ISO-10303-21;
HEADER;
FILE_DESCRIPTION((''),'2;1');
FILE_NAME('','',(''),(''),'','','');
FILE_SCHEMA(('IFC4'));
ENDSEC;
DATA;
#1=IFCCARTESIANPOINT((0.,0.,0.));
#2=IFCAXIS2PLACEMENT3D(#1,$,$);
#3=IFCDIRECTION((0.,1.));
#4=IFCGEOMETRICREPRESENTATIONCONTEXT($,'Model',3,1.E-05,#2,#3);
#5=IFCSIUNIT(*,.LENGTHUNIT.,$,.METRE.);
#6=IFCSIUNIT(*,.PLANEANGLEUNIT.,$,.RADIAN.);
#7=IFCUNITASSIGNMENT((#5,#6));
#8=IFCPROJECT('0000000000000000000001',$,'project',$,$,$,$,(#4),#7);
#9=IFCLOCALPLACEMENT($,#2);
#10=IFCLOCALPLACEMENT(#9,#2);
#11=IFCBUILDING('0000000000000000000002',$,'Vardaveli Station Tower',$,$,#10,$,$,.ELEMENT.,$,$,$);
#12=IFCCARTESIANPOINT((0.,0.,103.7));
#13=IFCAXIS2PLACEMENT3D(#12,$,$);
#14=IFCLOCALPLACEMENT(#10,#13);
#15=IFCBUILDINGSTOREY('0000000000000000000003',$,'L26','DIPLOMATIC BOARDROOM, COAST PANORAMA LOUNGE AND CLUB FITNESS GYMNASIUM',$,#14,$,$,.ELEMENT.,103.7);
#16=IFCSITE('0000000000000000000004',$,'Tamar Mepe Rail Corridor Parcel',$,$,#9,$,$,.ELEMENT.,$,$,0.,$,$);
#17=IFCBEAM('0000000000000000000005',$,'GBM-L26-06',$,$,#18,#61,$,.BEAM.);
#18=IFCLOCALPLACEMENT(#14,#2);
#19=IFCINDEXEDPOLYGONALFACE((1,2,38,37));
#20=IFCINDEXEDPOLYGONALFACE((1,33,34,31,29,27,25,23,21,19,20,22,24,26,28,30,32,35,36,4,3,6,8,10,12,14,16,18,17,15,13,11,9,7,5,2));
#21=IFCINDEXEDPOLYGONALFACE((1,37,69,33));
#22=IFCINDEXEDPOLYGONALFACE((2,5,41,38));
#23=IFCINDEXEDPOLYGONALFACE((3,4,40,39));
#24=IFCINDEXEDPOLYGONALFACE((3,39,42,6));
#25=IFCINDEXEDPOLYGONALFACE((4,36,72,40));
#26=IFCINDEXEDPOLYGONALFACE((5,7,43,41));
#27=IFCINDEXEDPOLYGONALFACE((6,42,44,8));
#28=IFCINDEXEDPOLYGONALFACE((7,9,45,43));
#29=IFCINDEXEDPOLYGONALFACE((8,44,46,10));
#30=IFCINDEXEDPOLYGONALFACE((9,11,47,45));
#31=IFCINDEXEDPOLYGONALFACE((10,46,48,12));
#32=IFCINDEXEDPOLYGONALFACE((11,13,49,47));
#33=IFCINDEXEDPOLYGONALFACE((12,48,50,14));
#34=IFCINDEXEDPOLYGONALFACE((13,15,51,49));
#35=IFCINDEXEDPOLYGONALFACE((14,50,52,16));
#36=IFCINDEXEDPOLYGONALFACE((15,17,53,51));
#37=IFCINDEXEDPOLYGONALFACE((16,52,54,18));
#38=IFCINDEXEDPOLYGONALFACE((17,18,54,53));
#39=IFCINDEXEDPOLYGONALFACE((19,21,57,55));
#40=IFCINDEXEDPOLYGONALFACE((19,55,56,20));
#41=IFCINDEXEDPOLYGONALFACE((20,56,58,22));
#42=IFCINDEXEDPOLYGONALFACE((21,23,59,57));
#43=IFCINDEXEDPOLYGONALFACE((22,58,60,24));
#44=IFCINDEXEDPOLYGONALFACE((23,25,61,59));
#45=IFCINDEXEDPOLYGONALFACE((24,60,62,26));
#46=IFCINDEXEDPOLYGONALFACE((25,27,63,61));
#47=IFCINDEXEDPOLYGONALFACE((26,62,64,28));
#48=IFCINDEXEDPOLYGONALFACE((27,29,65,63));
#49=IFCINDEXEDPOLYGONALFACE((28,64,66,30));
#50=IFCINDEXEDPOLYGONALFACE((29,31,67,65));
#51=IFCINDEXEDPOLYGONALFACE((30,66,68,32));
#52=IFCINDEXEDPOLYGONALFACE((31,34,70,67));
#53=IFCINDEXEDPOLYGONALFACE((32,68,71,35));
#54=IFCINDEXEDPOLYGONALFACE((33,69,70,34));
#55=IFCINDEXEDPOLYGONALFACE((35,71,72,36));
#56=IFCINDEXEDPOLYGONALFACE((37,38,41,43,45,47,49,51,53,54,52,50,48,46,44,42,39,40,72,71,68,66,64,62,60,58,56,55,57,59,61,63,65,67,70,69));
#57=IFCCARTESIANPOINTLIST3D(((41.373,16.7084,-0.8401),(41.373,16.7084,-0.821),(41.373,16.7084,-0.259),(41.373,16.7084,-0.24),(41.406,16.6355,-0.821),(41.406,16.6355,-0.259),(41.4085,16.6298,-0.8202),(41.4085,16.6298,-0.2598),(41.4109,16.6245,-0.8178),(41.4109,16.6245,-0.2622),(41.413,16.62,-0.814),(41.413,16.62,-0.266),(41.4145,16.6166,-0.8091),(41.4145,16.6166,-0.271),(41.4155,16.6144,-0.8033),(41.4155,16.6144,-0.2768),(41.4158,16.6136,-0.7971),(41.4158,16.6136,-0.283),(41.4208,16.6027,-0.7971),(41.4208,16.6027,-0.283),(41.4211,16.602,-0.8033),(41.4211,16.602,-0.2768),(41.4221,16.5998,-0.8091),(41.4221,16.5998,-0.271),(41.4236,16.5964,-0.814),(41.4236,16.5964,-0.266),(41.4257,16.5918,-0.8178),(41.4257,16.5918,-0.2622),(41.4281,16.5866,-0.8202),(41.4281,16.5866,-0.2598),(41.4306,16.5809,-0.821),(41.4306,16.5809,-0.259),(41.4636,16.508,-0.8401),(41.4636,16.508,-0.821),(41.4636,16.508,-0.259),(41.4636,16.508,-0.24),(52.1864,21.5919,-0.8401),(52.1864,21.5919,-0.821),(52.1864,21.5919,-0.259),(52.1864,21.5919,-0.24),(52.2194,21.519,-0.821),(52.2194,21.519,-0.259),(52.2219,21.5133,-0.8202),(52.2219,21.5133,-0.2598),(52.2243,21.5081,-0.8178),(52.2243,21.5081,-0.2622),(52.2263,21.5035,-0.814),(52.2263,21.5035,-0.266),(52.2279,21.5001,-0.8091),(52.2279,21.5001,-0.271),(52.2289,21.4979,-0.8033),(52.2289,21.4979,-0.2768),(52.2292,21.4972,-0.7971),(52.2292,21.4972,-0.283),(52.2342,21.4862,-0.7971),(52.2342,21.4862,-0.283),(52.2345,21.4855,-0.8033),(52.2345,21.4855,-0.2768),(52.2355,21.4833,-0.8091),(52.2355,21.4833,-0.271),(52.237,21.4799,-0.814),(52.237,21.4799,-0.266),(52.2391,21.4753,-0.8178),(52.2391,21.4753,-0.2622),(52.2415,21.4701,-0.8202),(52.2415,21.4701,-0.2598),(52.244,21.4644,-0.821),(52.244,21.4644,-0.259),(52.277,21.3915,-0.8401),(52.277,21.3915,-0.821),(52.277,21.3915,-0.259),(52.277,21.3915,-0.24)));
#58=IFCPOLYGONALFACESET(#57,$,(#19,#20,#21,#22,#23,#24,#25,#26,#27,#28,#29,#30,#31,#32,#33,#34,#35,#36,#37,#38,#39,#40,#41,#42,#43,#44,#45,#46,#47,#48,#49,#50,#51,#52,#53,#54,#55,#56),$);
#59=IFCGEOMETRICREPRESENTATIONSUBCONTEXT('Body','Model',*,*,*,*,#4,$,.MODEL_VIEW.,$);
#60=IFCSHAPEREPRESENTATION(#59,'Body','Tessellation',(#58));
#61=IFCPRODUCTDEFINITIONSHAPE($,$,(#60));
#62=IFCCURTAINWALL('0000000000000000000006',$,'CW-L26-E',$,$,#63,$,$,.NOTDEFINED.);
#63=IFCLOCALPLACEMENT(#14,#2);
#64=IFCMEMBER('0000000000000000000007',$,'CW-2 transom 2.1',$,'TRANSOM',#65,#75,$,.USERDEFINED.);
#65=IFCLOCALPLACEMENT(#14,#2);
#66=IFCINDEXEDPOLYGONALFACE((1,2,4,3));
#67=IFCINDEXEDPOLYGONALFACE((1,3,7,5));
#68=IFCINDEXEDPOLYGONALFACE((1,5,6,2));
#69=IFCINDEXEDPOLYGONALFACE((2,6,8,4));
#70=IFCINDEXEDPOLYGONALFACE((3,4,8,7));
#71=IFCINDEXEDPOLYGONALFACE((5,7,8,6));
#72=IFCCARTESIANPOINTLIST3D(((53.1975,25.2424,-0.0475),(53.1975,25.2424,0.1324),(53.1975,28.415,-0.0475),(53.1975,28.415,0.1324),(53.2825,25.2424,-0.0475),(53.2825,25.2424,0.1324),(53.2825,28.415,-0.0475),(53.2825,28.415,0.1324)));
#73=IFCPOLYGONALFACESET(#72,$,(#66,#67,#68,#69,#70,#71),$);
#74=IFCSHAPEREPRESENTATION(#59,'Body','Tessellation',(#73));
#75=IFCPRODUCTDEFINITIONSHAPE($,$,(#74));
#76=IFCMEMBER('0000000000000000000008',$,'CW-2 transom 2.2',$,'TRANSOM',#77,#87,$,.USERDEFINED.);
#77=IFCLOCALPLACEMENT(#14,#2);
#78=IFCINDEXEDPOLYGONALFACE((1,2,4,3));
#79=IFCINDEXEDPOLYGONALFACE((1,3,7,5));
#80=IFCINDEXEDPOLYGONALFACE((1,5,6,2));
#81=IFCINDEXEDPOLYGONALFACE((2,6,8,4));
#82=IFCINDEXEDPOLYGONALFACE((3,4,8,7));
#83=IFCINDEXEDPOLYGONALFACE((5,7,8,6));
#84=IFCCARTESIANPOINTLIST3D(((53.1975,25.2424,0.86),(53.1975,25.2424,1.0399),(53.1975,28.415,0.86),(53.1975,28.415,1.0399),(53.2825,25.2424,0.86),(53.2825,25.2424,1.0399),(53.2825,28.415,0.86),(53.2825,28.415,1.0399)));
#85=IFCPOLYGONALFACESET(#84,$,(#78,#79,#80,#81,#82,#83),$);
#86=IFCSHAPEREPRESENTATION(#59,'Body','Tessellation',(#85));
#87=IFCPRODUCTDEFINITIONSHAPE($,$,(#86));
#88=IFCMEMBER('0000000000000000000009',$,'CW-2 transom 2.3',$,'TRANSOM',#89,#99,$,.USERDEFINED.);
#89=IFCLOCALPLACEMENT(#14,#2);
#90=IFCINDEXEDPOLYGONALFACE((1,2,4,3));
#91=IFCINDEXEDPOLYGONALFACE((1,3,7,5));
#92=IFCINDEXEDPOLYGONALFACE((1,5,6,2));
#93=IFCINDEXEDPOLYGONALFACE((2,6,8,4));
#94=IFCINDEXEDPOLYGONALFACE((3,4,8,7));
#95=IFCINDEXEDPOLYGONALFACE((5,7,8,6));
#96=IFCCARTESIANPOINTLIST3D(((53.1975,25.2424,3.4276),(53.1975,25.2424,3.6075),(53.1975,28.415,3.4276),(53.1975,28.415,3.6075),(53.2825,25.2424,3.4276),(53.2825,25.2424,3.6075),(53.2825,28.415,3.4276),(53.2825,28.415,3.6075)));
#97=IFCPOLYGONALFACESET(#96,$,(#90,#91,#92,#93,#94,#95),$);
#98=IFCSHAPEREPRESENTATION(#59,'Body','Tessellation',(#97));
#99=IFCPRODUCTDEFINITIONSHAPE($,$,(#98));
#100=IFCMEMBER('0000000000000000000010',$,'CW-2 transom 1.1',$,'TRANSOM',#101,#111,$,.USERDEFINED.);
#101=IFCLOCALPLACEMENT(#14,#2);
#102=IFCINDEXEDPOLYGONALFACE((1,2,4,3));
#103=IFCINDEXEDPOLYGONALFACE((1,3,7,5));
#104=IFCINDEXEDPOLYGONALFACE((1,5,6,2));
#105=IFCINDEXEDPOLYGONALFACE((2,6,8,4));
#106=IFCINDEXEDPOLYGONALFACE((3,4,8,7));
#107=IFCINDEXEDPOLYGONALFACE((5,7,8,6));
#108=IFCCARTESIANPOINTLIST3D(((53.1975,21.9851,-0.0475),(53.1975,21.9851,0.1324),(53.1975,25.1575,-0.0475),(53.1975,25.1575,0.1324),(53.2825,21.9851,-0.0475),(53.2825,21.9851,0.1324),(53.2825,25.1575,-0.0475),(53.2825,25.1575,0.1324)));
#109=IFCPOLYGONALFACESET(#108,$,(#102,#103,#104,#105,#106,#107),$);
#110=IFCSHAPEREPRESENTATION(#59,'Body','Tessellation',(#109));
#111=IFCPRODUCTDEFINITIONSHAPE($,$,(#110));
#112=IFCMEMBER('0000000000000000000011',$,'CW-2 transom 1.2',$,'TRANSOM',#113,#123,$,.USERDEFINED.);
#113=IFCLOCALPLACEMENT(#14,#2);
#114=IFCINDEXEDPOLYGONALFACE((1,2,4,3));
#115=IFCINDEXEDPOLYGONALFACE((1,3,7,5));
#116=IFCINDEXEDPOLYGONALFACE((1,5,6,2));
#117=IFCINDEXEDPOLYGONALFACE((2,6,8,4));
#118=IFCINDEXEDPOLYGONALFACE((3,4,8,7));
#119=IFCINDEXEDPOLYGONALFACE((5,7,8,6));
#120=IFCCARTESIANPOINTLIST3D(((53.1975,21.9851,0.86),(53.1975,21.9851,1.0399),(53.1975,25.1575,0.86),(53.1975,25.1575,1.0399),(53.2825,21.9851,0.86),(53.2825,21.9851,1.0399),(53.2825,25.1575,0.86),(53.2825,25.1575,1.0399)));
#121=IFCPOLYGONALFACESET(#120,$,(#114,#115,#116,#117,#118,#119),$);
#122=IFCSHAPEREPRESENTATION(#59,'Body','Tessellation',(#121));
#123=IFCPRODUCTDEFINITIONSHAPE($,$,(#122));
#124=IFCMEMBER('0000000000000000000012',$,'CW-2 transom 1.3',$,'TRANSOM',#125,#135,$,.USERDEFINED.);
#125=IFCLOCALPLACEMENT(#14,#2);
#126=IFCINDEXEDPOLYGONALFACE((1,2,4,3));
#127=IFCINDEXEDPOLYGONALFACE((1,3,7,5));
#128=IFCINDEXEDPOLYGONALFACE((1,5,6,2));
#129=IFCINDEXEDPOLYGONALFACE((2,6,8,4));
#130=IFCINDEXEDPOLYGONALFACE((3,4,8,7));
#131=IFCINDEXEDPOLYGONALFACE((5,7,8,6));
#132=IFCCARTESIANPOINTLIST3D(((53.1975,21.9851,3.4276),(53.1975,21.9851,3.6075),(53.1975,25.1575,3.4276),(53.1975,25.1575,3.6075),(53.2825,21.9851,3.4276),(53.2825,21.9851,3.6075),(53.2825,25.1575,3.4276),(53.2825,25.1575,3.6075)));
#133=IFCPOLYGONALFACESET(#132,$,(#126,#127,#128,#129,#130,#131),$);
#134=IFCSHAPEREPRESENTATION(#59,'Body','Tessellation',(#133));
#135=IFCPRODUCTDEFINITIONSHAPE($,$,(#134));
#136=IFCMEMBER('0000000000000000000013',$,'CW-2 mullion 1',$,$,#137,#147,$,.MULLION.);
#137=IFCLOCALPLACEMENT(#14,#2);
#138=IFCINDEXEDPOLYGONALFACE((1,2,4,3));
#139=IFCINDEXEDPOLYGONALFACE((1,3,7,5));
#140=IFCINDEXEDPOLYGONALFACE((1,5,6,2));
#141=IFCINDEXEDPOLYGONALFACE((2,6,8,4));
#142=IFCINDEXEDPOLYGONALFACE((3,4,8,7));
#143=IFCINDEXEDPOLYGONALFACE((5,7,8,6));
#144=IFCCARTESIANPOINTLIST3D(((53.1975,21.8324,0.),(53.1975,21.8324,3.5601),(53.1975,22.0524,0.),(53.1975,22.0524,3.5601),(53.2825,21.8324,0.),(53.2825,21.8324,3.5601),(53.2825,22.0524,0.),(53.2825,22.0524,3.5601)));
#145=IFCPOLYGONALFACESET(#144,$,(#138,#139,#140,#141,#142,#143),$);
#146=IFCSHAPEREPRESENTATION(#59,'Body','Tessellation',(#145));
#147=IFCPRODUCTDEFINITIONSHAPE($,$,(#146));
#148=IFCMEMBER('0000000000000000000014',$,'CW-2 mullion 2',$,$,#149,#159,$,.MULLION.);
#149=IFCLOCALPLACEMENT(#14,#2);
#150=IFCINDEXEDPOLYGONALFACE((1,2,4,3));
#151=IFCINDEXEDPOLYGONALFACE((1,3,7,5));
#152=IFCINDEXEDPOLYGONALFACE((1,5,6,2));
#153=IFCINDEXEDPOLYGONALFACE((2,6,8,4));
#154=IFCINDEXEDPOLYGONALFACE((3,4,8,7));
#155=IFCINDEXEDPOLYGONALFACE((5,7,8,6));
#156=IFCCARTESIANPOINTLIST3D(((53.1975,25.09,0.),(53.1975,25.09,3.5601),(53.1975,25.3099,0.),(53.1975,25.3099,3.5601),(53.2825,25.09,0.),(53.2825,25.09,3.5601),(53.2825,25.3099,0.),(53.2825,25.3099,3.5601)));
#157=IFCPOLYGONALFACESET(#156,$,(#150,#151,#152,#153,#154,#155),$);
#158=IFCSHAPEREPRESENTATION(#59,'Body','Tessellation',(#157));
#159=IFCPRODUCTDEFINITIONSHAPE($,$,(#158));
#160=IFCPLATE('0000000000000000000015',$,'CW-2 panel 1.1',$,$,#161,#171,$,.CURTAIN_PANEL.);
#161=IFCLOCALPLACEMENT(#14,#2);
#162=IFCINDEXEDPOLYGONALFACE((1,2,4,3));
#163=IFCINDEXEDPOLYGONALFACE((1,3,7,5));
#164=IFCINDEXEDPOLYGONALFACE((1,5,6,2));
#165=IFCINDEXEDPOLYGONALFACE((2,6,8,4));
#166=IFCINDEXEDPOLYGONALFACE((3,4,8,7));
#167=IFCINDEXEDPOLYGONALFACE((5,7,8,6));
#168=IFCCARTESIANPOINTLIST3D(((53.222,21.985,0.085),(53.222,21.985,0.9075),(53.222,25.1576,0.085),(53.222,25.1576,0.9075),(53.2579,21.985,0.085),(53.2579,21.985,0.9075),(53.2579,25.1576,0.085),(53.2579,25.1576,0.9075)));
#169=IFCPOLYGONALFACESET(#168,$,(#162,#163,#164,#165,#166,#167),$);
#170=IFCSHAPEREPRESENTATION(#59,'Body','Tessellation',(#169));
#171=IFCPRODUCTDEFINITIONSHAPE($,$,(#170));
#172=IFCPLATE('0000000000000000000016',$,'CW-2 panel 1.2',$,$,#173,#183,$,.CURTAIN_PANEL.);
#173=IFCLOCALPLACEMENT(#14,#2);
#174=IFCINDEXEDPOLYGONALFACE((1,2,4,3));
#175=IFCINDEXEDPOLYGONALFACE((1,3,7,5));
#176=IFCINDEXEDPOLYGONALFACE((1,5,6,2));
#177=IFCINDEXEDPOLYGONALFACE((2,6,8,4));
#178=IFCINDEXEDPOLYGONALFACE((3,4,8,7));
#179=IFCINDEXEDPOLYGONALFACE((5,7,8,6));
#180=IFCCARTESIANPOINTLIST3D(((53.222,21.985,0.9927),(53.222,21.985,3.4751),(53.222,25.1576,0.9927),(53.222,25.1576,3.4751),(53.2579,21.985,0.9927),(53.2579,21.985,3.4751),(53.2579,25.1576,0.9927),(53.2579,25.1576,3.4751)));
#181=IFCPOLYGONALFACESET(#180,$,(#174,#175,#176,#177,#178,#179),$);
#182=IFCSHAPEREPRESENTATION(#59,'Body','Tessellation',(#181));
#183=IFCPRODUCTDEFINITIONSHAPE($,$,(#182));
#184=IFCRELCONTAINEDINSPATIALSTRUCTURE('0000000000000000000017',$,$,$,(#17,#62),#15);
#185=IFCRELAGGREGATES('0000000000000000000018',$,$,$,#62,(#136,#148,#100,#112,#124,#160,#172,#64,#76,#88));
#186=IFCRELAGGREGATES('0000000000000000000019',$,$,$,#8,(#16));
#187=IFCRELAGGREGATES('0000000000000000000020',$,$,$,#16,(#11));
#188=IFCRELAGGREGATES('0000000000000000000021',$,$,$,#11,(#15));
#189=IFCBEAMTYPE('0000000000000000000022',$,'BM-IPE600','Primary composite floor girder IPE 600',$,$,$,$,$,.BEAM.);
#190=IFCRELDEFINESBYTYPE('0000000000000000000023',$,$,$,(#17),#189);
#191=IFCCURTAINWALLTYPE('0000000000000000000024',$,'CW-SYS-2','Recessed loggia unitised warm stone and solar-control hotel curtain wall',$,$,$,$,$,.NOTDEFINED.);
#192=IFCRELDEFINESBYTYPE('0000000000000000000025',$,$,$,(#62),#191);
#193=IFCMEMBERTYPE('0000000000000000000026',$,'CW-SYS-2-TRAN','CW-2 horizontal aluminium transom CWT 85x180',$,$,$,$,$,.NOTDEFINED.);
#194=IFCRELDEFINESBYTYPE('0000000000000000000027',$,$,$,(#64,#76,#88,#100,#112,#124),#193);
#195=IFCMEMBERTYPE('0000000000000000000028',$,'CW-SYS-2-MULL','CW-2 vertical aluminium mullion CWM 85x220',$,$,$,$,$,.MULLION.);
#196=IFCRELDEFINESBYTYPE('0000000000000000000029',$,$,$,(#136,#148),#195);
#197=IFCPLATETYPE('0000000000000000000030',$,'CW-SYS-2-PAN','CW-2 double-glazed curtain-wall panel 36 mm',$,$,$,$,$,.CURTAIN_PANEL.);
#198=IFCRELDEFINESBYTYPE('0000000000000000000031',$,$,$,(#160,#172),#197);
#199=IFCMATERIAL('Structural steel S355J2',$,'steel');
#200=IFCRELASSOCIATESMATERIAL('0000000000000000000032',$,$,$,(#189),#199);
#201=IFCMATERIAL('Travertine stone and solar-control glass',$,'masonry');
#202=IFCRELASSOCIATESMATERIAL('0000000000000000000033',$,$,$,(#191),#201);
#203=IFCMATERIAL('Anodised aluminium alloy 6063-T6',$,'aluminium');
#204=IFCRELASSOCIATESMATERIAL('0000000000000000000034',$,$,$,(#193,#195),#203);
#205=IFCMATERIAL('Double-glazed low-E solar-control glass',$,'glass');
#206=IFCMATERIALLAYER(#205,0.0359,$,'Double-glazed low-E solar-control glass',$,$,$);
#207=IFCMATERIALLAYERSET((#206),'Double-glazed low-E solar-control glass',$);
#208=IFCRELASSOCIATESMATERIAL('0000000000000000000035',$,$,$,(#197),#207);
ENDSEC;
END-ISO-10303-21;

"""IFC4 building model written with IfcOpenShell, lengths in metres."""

from ifc_helpers import new_model, si_unit, direction, frame, origin, origin_2d, place, context, subcontext, project, spatial, rectangle, i_section, extrude, source, transform, mapped, material, layer, layer_set, material_profile, profile_set, type_object, element, aggregate, save


model = new_model("IFC4")

# Units and contexts
model_context = context("Model", 3, precision=1e-05, world=origin(), true_north=direction((0.0, 1.0)))
body_context = subcontext(model_context, "Body", "Model", "MODEL_VIEW")
ifc_project = project(units=[si_unit("LENGTHUNIT", "METRE"), si_unit("PLANEANGLEUNIT", "RADIAN")], contexts=[model_context])

# Site, building, storey
site_placement = place(None, origin())
site = spatial("IfcSite", under=ifc_project, at=site_placement, Name="Tamar Mepe Rail Corridor Parcel", CompositionType="ELEMENT", RefElevation=0.0)
building_placement = place(site_placement, origin())
building = spatial("IfcBuilding", under=site, at=building_placement, Name="Vardaveli Station Tower", CompositionType="ELEMENT")
storey_placement = place(building_placement, frame((0.0, 0.0, 103.7)))
storey = spatial("IfcBuildingStorey", under=building, at=storey_placement, Name="L26", Description="DIPLOMATIC BOARDROOM, COAST PANORAMA LOUNGE AND CLUB FITNESS GYMNASIUM", CompositionType="ELEMENT", Elevation=103.7)

# Beam
ifc_material_1 = material(Name="Structural steel S355J2", Category="steel")
ifc_material_profile_1 = material_profile(ifc_material_1, i_section(OverallWidth=0.22, OverallDepth=0.6001, WebThickness=0.012, FlangeThickness=0.019, FilletRadius=0.0239, at=origin_2d()), Name="IPE 600")
ifc_profile_set_1 = profile_set([ifc_material_profile_1], Name="Structural steel S355J2")
beam_type_1 = type_object("IfcBeamType", Name="BM-IPE600", Description="Primary composite floor girder IPE 600", PredefinedType="BEAM", material=ifc_profile_set_1)
shared_shape_1 = source(origin(), body_context, "Body", "SweptSolid", [
    extrude(i_section(OverallWidth=0.22, OverallDepth=0.6001, WebThickness=0.012, FlangeThickness=0.019, FilletRadius=0.0239, at=origin_2d()), origin(), (0.0, 0.0, 1.0), 11.865),
])
beam_1_placement = place(storey_placement, frame((52.2317, 21.4917, -0.54), z_axis=(-0.911369, -0.411589, 0.0), x_axis=(0.411589, -0.911369, 0.0)))
element("IfcBeam", 1, at=beam_1_placement, inside=storey, type_object=beam_type_1, Name="GBM-L26-06", PredefinedType="BEAM", context=body_context, shape_type="MappedRepresentation", body=[
    mapped(shared_shape_1, transform((0.0, 0.0, 0.0), scale=1.0)),
])

# Curtain wall, members, plates
ifc_material_2 = material(Name="Travertine stone and solar-control glass", Category="masonry")
curtain_wall_type = type_object("IfcCurtainWallType", Name="CW-SYS-2", Description="Recessed loggia unitised warm stone and solar-control hotel curtain wall", PredefinedType="NOTDEFINED", material=ifc_material_2)
curtain_wall_placement = place(storey_placement, origin())
curtain_wall = element("IfcCurtainWall", 2, at=curtain_wall_placement, inside=storey, type_object=curtain_wall_type, Name="CW-L26-E", PredefinedType="NOTDEFINED")
ifc_material_3 = material(Name="Anodised aluminium alloy 6063-T6", Category="aluminium")
ifc_material_profile_2 = material_profile(ifc_material_3, rectangle(XDim=0.085, YDim=0.1799, at=origin_2d()), Name="CWT 85x180")
ifc_profile_set_2 = profile_set([ifc_material_profile_2], Name="Anodised aluminium alloy 6063-T6")
member_type_1 = type_object("IfcMemberType", Name="CW-SYS-2-TRAN", Description="CW-2 horizontal aluminium transom CWT 85x180", PredefinedType="NOTDEFINED", material=ifc_profile_set_2)
shared_shape_2 = source(origin(), body_context, "Body", "SweptSolid", [
    extrude(rectangle(XDim=0.085, YDim=0.1799, at=origin_2d()), origin(), (0.0, 0.0, 1.0), 3.1726),
])
member_1_placement = place(storey_placement, frame((53.24, 25.2424, 0.0425), z_axis=(0.0, 1.0, 0.0), x_axis=(-1.0, 0.0, 0.0)))
member_1 = element("IfcMember", 3, at=member_1_placement, type_object=member_type_1, Name="CW-2 transom 2.1", ObjectType="TRANSOM", PredefinedType="USERDEFINED", context=body_context, shape_type="MappedRepresentation", body=[
    mapped(shared_shape_2, transform((0.0, 0.0, 0.0), scale=1.0)),
])
member_2_placement = place(storey_placement, frame((53.24, 25.2424, 0.95), z_axis=(0.0, 1.0, 0.0), x_axis=(-1.0, 0.0, 0.0)))
member_2 = element("IfcMember", 4, at=member_2_placement, type_object=member_type_1, Name="CW-2 transom 2.2", ObjectType="TRANSOM", PredefinedType="USERDEFINED", context=body_context, shape_type="MappedRepresentation", body=[
    mapped(shared_shape_2, transform((0.0, 0.0, 0.0), scale=1.0)),
])
member_3_placement = place(storey_placement, frame((53.24, 25.2424, 3.5176), z_axis=(0.0, 1.0, 0.0), x_axis=(-1.0, 0.0, 0.0)))
member_3 = element("IfcMember", 5, at=member_3_placement, type_object=member_type_1, Name="CW-2 transom 2.3", ObjectType="TRANSOM", PredefinedType="USERDEFINED", context=body_context, shape_type="MappedRepresentation", body=[
    mapped(shared_shape_2, transform((0.0, 0.0, 0.0), scale=1.0)),
])
shared_shape_3 = source(origin(), body_context, "Body", "SweptSolid", [
    extrude(rectangle(XDim=0.085, YDim=0.1799, at=origin_2d()), origin(), (0.0, 0.0, 1.0), 3.1724),
])
member_4_placement = place(storey_placement, frame((53.24, 21.9851, 0.0425), z_axis=(0.0, 1.0, 0.0), x_axis=(-1.0, 0.0, 0.0)))
member_4 = element("IfcMember", 6, at=member_4_placement, type_object=member_type_1, Name="CW-2 transom 1.1", ObjectType="TRANSOM", PredefinedType="USERDEFINED", context=body_context, shape_type="MappedRepresentation", body=[
    mapped(shared_shape_3, transform((0.0, 0.0, 0.0), scale=1.0)),
])
member_5_placement = place(storey_placement, frame((53.24, 21.9851, 0.95), z_axis=(0.0, 1.0, 0.0), x_axis=(-1.0, 0.0, 0.0)))
member_5 = element("IfcMember", 7, at=member_5_placement, type_object=member_type_1, Name="CW-2 transom 1.2", ObjectType="TRANSOM", PredefinedType="USERDEFINED", context=body_context, shape_type="MappedRepresentation", body=[
    mapped(shared_shape_3, transform((0.0, 0.0, 0.0), scale=1.0)),
])
member_6_placement = place(storey_placement, frame((53.24, 21.9851, 3.5176), z_axis=(0.0, 1.0, 0.0), x_axis=(-1.0, 0.0, 0.0)))
member_6 = element("IfcMember", 8, at=member_6_placement, type_object=member_type_1, Name="CW-2 transom 1.3", ObjectType="TRANSOM", PredefinedType="USERDEFINED", context=body_context, shape_type="MappedRepresentation", body=[
    mapped(shared_shape_3, transform((0.0, 0.0, 0.0), scale=1.0)),
])
ifc_material_profile_3 = material_profile(ifc_material_3, rectangle(XDim=0.085, YDim=0.22, at=origin_2d()), Name="CWM 85x220")
ifc_profile_set_3 = profile_set([ifc_material_profile_3], Name="Anodised aluminium alloy 6063-T6")
member_type_2 = type_object("IfcMemberType", Name="CW-SYS-2-MULL", Description="CW-2 vertical aluminium mullion CWM 85x220", PredefinedType="MULLION", material=ifc_profile_set_3)
shared_shape_4 = source(origin(), body_context, "Body", "SweptSolid", [
    extrude(rectangle(XDim=0.085, YDim=0.22, at=origin_2d()), origin(), (0.0, 0.0, 1.0), 3.5601),
])
member_7_placement = place(storey_placement, frame((53.24, 21.9424, 0.0), z_axis=(0.0, 0.0, 1.0), x_axis=(-1.0, 0.0, 0.0)))
member_7 = element("IfcMember", 9, at=member_7_placement, type_object=member_type_2, Name="CW-2 mullion 1", PredefinedType="MULLION", context=body_context, shape_type="MappedRepresentation", body=[
    mapped(shared_shape_4, transform((0.0, 0.0, 0.0), scale=1.0)),
])
member_8_placement = place(storey_placement, frame((53.24, 25.2, 0.0), z_axis=(0.0, 0.0, 1.0), x_axis=(-1.0, 0.0, 0.0)))
member_8 = element("IfcMember", 10, at=member_8_placement, type_object=member_type_2, Name="CW-2 mullion 2", PredefinedType="MULLION", context=body_context, shape_type="MappedRepresentation", body=[
    mapped(shared_shape_4, transform((0.0, 0.0, 0.0), scale=1.0)),
])
ifc_material_4 = material(Name="Double-glazed low-E solar-control glass", Category="glass")
ifc_layer_1 = layer(ifc_material_4, 0.0359, Name="Double-glazed low-E solar-control glass")
ifc_layer_set_1 = layer_set([ifc_layer_1], Name="Double-glazed low-E solar-control glass")
plate_type = type_object("IfcPlateType", Name="CW-SYS-2-PAN", Description="CW-2 double-glazed curtain-wall panel 36 mm", PredefinedType="CURTAIN_PANEL", material=ifc_layer_set_1)
shared_shape_5 = source(origin(), body_context, "Body", "SweptSolid", [
    extrude(rectangle(XDim=3.1726, YDim=0.0359, at=origin_2d()), origin(), (0.0, 0.0, 1.0), 0.8225),
])
plate_1_placement = place(storey_placement, frame((53.24, 23.5713, 0.085), z_axis=(0.0, 0.0, 1.0), x_axis=(0.0, 1.0, 0.0)))
plate_1 = element("IfcPlate", 11, at=plate_1_placement, type_object=plate_type, Name="CW-2 panel 1.1", PredefinedType="CURTAIN_PANEL", context=body_context, shape_type="MappedRepresentation", body=[
    mapped(shared_shape_5, transform((0.0, 0.0, 0.0), scale=1.0)),
])
shared_shape_6 = source(origin(), body_context, "Body", "SweptSolid", [
    extrude(rectangle(XDim=3.1726, YDim=0.0359, at=origin_2d()), origin(), (0.0, 0.0, 1.0), 2.4824),
])
plate_2_placement = place(storey_placement, frame((53.24, 23.5713, 0.9927), z_axis=(0.0, 0.0, 1.0), x_axis=(0.0, 1.0, 0.0)))
plate_2 = element("IfcPlate", 12, at=plate_2_placement, type_object=plate_type, Name="CW-2 panel 1.2", PredefinedType="CURTAIN_PANEL", context=body_context, shape_type="MappedRepresentation", body=[
    mapped(shared_shape_6, transform((0.0, 0.0, 0.0), scale=1.0)),
])
aggregate(curtain_wall, [member_7, member_8, member_4, member_5, member_6, plate_1, plate_2, member_1, member_2, member_3])

save(model, "model.ifc")
